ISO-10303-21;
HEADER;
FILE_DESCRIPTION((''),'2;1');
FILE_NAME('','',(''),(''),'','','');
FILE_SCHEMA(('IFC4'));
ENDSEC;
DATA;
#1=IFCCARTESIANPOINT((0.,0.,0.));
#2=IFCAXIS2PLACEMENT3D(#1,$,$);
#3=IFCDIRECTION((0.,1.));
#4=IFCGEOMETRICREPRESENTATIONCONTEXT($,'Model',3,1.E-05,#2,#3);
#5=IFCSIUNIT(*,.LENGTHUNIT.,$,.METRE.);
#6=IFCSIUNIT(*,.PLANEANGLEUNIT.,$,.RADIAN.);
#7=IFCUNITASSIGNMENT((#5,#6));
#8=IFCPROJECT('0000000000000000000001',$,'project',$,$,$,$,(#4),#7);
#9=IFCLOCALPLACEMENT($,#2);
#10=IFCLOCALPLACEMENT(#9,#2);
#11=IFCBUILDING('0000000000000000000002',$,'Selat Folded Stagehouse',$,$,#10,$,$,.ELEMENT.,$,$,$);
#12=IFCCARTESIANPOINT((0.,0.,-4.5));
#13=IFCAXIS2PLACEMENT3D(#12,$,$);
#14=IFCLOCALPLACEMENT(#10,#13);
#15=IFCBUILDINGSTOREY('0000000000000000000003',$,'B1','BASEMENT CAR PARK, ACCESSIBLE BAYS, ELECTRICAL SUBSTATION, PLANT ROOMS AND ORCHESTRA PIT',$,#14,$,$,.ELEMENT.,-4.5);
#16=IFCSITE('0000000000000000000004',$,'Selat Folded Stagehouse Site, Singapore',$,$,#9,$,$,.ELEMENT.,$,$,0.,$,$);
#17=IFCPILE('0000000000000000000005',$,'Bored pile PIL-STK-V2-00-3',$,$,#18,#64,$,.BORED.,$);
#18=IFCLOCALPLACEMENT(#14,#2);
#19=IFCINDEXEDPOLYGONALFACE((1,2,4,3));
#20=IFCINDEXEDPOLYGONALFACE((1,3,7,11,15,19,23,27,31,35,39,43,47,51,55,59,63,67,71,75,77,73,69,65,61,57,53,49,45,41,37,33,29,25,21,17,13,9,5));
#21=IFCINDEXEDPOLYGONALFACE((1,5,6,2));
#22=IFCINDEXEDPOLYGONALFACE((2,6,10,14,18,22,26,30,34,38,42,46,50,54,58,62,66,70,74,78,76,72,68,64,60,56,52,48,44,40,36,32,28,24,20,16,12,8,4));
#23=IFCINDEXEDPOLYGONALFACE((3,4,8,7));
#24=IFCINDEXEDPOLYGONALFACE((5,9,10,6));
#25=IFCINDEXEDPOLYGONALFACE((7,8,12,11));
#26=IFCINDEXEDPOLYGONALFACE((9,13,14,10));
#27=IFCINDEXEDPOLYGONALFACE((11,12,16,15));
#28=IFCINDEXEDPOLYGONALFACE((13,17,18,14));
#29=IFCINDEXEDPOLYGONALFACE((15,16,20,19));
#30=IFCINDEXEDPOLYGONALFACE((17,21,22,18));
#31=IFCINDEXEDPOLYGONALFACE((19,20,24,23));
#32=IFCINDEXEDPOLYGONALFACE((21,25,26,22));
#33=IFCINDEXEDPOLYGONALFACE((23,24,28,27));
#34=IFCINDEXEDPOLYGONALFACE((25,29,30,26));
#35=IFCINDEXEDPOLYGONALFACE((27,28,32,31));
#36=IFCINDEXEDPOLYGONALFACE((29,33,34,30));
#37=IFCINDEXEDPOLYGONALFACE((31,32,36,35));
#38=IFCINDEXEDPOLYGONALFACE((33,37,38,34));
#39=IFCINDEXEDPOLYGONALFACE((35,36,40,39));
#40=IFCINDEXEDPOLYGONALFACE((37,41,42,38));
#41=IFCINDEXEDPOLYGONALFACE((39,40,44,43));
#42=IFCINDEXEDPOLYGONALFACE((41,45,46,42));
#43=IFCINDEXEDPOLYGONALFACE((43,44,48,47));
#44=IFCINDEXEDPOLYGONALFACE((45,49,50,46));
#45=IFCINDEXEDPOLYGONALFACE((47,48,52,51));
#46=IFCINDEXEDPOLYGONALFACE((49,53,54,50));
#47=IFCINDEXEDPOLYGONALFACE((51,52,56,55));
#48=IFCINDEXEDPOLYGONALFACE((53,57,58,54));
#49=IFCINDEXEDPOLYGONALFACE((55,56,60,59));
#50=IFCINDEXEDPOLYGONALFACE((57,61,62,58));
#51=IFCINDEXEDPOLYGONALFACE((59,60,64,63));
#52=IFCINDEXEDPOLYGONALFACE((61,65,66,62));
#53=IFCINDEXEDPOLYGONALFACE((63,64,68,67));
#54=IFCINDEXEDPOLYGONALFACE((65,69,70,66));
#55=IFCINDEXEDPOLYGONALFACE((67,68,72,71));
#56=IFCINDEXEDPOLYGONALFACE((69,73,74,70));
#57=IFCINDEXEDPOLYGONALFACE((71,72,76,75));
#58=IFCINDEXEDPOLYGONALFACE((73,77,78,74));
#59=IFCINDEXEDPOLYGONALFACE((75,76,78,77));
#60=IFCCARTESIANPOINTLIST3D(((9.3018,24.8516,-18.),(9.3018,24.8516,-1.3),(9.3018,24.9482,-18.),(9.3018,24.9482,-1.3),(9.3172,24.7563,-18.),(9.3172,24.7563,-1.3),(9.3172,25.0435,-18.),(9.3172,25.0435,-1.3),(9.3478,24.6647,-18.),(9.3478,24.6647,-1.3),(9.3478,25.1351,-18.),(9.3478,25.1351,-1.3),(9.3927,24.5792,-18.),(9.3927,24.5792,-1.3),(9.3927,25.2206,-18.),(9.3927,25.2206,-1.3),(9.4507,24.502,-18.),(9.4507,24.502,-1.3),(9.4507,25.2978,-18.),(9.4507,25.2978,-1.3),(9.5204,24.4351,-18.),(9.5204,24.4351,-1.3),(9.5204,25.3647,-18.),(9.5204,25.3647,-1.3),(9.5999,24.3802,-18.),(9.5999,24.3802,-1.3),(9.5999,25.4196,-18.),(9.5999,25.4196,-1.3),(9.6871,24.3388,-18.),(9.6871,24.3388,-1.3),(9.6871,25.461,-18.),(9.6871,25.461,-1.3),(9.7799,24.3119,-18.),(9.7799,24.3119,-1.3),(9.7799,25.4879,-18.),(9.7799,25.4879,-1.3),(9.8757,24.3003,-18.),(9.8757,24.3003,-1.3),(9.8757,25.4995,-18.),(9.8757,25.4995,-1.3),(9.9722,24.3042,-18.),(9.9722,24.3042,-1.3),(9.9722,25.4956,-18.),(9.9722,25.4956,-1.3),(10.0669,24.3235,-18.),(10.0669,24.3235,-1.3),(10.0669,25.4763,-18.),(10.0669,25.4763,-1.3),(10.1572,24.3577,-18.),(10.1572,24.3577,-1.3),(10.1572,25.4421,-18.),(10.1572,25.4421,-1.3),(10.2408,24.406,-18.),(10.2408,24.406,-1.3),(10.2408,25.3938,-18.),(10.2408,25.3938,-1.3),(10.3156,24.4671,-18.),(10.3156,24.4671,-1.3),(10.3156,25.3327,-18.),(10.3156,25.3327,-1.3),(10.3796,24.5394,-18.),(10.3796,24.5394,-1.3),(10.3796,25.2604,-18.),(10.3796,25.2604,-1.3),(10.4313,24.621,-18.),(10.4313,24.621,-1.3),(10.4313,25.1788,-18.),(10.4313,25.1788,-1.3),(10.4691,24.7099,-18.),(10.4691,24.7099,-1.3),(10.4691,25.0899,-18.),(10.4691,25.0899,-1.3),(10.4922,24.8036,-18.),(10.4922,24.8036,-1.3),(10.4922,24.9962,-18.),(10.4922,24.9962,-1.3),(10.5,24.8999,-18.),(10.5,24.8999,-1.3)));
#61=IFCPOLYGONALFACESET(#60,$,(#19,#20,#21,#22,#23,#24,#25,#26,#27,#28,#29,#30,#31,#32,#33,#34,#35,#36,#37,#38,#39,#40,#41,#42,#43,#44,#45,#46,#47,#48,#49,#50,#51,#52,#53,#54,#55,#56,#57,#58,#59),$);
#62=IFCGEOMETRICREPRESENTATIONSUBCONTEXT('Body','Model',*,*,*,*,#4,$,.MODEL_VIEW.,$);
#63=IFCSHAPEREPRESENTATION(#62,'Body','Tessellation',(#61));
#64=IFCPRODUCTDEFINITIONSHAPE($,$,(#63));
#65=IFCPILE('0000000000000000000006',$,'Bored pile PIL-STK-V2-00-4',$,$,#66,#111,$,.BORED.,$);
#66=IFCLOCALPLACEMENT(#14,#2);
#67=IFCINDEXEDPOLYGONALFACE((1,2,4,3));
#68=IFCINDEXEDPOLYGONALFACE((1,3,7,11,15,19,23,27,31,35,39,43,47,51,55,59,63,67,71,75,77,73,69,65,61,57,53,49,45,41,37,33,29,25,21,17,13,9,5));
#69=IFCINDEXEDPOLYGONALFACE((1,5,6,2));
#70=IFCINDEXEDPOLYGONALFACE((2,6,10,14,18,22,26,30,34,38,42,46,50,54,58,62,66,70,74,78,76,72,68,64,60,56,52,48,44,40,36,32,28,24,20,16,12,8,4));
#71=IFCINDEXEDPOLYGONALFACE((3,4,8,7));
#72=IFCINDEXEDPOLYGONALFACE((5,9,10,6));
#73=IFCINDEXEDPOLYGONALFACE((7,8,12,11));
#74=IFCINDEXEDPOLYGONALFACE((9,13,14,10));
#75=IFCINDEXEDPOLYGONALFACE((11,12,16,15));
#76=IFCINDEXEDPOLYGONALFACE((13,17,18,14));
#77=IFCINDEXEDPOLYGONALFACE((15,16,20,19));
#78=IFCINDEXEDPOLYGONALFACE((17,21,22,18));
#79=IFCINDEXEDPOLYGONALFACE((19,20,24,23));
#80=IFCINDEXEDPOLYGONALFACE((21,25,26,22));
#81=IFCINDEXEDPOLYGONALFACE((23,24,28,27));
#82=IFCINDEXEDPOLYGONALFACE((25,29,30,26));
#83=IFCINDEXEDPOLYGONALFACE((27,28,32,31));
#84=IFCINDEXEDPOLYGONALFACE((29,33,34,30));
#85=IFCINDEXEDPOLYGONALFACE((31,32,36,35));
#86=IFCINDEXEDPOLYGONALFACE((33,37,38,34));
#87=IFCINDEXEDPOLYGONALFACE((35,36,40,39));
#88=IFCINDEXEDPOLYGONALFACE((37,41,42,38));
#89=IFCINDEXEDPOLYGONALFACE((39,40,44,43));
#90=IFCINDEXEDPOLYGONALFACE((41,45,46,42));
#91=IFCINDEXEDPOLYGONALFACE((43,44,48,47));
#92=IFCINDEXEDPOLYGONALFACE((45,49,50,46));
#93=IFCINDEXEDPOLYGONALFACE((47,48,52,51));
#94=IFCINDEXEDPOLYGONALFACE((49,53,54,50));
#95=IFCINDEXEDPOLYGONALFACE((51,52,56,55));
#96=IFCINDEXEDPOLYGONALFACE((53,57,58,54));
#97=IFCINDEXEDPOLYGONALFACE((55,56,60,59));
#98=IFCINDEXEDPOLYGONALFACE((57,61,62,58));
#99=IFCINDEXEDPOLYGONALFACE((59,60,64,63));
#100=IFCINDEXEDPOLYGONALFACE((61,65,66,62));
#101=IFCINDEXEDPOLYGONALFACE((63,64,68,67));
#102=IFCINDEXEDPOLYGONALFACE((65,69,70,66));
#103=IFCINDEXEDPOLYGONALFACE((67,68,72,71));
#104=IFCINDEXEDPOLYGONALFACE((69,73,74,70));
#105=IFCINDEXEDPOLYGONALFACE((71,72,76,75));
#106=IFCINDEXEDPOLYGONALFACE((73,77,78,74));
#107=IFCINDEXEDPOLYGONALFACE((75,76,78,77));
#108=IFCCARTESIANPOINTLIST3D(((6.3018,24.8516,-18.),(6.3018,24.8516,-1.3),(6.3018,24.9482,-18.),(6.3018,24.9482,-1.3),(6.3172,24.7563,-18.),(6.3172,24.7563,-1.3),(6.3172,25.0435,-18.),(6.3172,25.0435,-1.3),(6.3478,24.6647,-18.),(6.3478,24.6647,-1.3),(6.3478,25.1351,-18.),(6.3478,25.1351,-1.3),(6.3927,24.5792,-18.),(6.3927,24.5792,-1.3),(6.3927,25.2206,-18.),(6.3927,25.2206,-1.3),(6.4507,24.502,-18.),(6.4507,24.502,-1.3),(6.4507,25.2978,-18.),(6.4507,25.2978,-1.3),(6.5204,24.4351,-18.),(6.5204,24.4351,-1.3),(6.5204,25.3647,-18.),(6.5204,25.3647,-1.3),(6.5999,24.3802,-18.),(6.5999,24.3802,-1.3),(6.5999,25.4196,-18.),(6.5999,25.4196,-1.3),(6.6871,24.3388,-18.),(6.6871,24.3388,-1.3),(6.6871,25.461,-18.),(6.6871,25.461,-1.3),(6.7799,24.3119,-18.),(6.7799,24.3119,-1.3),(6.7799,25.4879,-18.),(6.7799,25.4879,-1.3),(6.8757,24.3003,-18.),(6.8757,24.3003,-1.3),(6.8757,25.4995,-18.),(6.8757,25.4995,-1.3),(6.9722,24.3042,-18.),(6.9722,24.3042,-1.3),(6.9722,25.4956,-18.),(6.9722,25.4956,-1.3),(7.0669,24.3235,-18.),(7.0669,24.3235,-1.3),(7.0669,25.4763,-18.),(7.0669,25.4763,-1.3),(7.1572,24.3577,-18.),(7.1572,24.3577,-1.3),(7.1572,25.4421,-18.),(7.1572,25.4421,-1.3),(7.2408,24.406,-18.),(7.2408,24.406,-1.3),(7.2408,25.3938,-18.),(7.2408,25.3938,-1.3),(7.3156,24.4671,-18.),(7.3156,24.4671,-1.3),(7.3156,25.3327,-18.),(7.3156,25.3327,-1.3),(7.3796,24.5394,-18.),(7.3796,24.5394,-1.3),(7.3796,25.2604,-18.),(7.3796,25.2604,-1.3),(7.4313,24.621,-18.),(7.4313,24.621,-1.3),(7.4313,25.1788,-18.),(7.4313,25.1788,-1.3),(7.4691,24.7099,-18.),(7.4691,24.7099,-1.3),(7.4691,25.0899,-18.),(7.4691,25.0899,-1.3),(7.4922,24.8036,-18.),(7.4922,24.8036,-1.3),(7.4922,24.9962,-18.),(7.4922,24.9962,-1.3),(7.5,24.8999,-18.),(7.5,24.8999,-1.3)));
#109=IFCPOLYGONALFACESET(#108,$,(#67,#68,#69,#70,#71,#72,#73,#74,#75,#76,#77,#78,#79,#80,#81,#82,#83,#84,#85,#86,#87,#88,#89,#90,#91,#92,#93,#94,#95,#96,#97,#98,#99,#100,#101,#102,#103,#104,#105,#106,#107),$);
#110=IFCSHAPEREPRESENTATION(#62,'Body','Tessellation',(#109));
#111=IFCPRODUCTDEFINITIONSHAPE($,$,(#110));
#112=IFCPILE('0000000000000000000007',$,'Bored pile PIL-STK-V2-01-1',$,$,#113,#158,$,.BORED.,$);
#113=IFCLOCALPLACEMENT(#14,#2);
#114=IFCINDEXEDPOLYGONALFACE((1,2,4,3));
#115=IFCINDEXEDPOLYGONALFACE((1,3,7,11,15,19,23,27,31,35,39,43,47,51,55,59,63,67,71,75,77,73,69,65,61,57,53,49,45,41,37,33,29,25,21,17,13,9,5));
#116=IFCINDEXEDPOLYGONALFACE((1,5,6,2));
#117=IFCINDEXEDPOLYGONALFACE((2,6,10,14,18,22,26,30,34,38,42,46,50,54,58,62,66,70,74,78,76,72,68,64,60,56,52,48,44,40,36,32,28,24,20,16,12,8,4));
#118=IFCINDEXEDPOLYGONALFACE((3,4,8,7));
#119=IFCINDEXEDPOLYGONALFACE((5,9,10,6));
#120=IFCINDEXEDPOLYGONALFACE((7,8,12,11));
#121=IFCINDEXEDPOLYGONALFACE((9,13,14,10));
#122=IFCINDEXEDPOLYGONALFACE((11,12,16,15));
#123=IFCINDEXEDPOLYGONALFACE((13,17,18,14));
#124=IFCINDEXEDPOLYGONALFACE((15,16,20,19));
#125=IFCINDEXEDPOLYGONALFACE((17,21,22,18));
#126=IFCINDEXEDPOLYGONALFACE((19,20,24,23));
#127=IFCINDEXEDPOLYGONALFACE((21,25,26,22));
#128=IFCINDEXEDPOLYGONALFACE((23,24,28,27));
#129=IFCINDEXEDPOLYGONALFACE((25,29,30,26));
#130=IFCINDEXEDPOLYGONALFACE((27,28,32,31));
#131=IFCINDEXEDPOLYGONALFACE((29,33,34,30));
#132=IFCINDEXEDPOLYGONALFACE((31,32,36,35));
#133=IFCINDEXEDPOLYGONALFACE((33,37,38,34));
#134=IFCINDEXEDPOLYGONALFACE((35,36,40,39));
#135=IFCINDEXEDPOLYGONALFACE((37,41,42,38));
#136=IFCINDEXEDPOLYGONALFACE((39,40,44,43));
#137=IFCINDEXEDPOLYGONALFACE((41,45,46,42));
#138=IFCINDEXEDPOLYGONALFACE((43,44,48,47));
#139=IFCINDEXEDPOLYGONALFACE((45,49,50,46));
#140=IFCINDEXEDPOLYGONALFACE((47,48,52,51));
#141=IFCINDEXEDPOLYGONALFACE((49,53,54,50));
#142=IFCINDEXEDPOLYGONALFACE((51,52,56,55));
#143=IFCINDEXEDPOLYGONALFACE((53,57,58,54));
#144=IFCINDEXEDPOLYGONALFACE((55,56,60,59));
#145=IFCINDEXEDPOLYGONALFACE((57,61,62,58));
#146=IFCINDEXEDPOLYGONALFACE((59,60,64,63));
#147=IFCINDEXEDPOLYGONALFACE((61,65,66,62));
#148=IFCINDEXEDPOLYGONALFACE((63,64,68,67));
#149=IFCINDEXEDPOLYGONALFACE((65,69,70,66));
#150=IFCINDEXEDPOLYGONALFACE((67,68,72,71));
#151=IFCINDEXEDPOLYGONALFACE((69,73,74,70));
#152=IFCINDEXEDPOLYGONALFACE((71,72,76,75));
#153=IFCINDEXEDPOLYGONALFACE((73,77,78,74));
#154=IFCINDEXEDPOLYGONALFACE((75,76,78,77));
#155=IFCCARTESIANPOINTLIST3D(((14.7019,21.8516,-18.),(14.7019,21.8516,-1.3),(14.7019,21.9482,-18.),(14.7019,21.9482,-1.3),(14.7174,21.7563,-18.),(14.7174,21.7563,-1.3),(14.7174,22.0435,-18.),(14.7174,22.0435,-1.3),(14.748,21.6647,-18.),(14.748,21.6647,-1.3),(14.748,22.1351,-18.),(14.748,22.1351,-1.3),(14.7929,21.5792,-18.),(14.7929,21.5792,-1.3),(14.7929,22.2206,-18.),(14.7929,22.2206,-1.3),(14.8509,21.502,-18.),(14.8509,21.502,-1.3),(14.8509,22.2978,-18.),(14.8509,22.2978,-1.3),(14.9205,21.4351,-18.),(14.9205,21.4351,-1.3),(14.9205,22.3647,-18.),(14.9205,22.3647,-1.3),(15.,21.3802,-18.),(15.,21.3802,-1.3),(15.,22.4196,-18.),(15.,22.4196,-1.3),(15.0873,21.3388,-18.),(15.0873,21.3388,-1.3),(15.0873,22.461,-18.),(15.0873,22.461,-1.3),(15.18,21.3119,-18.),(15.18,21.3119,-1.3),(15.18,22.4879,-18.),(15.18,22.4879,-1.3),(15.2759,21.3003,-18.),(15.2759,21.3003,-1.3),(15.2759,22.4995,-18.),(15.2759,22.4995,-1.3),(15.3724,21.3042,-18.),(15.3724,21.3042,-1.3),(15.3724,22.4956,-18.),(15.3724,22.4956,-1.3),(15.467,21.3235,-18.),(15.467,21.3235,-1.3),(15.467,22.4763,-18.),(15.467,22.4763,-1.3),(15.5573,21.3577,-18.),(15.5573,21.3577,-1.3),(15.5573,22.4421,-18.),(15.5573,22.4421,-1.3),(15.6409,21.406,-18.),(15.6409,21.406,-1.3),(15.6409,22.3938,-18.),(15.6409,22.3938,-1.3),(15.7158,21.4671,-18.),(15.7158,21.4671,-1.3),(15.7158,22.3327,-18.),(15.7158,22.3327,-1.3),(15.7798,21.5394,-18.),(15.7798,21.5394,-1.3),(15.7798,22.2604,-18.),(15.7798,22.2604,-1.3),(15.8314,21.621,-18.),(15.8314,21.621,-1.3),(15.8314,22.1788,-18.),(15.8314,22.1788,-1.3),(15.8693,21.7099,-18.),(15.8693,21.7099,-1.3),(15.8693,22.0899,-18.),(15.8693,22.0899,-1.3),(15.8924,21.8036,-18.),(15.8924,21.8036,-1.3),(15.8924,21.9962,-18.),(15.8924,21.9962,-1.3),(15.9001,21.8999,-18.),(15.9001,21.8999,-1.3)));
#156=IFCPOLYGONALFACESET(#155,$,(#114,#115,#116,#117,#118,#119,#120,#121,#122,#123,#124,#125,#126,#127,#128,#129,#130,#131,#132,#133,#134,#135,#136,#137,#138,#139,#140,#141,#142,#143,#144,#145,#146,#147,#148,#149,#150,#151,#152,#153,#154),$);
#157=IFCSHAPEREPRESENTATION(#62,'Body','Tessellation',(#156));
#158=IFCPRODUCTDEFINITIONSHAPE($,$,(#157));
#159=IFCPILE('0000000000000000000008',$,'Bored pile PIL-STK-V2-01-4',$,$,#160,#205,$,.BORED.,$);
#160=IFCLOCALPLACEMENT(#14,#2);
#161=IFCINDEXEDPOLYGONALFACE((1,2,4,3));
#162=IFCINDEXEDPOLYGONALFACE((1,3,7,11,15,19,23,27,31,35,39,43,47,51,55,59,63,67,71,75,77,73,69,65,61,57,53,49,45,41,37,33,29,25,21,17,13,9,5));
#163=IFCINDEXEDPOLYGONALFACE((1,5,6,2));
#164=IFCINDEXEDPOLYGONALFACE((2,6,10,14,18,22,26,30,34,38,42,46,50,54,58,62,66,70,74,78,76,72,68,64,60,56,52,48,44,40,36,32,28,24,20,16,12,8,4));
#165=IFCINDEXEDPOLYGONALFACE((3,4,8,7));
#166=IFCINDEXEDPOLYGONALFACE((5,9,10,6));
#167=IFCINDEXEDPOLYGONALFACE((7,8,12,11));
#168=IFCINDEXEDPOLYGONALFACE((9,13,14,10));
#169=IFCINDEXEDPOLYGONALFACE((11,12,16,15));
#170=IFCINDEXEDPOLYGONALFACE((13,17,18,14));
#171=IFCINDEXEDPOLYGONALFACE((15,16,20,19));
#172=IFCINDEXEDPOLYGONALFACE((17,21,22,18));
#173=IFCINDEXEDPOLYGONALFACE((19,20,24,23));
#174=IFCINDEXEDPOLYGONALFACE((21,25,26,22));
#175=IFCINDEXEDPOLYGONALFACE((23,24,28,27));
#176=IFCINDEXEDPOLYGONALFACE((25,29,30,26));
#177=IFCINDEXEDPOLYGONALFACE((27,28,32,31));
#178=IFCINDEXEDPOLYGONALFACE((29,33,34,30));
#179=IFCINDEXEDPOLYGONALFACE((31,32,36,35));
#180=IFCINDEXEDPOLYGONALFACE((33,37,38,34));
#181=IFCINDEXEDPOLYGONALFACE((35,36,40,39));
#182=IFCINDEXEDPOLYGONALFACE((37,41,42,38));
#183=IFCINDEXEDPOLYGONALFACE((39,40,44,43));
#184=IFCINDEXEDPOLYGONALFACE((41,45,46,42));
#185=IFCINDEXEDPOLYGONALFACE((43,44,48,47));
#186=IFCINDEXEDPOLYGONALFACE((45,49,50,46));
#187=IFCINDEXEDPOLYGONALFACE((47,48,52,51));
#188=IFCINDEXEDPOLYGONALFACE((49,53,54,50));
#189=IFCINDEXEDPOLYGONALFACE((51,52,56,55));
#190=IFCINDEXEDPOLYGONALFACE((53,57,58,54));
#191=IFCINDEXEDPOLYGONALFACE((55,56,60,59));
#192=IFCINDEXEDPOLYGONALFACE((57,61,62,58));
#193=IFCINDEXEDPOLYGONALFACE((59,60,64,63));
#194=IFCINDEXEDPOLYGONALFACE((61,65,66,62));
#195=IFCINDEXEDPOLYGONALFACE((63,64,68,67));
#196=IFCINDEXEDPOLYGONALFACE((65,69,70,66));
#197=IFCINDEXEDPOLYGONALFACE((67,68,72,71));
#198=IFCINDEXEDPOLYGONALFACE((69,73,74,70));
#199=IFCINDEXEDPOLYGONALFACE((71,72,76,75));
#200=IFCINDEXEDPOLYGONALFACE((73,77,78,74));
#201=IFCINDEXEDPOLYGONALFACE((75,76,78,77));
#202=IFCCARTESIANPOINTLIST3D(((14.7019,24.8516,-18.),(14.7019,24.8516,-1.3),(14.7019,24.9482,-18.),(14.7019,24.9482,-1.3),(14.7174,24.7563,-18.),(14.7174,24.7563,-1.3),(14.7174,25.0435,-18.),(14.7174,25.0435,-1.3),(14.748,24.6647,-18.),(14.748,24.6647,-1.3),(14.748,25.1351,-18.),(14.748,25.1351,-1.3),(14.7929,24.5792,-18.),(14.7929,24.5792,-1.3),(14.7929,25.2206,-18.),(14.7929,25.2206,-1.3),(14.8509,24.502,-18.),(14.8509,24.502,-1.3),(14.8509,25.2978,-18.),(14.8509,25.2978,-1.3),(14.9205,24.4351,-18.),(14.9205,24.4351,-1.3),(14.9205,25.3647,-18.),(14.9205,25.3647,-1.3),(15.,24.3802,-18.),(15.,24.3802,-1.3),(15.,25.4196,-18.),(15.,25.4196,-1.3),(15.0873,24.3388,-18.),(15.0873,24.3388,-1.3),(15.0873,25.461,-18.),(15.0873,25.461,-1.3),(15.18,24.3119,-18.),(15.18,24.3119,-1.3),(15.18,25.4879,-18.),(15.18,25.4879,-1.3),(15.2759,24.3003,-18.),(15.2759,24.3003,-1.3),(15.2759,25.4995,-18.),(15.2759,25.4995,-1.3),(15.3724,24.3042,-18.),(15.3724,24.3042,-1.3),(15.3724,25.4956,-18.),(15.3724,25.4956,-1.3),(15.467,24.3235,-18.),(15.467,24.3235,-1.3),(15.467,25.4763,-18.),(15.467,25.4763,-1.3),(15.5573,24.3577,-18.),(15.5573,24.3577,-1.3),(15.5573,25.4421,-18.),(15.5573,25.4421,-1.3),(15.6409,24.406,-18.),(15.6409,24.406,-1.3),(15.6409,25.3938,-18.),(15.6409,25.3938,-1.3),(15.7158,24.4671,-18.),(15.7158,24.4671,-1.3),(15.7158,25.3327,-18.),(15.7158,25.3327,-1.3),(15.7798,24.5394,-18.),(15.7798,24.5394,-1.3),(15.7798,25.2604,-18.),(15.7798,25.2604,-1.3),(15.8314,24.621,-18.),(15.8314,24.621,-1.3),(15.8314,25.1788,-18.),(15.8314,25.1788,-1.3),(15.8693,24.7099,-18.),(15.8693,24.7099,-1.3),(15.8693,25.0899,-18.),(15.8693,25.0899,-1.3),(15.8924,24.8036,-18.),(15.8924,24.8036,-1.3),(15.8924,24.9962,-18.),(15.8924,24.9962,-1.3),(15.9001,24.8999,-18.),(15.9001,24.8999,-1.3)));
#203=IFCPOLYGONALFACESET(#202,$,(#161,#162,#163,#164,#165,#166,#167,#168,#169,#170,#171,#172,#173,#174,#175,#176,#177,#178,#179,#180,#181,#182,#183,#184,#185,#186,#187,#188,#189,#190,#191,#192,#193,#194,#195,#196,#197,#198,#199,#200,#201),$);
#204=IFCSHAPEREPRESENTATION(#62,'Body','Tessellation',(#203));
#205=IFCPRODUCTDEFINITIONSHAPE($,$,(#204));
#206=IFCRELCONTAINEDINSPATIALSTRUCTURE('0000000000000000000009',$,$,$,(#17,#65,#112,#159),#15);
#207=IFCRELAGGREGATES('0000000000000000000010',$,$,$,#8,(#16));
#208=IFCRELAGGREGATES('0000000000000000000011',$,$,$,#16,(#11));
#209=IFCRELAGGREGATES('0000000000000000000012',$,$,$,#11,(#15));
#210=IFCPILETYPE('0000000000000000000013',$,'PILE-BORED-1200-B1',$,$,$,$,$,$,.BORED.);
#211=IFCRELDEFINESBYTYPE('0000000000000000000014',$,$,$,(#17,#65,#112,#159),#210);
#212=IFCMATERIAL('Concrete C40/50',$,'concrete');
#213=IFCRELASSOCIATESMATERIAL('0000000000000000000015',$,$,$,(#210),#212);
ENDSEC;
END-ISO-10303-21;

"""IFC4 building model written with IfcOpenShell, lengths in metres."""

from ifc_helpers import new_model, si_unit, direction, frame, origin, origin_2d, place, context, subcontext, project, spatial, circle, extrude, material, material_profile, profile_set, type_object, element, save


model = new_model("IFC4")

# Units and contexts
model_context = context("Model", 3, precision=1e-05, world=origin(), true_north=direction((0.0, 1.0)))
body_context = subcontext(model_context, "Body", "Model", "MODEL_VIEW")
ifc_project = project(units=[si_unit("LENGTHUNIT", "METRE"), si_unit("PLANEANGLEUNIT", "RADIAN")], contexts=[model_context])

# Site, building, storey
site_placement = place(None, origin())
site = spatial("IfcSite", under=ifc_project, at=site_placement, Name="Selat Folded Stagehouse Site, Singapore", CompositionType="ELEMENT", RefElevation=0.0)
building_placement = place(site_placement, origin())
building = spatial("IfcBuilding", under=site, at=building_placement, Name="Selat Folded Stagehouse", CompositionType="ELEMENT")
storey_placement = place(building_placement, frame((0.0, 0.0, -4.5)))
storey = spatial("IfcBuildingStorey", under=building, at=storey_placement, Name="B1", Description="BASEMENT CAR PARK, ACCESSIBLE BAYS, ELECTRICAL SUBSTATION, PLANT ROOMS AND ORCHESTRA PIT", CompositionType="ELEMENT", Elevation=-4.5)

# Shared definitions
ifc_material_1 = material(Name="Concrete C40/50", Category="concrete")

# Piles
ifc_material_profile_1 = material_profile(ifc_material_1, circle(Radius=0.6001, at=origin_2d()), Name="PILE D1200")
ifc_profile_set_1 = profile_set([ifc_material_profile_1], Name="Concrete C40/50")
pile_type = type_object("IfcPileType", Name="PILE-BORED-1200-B1", PredefinedType="BORED", material=ifc_profile_set_1)
for number, where, z_axis, x_axis, name in (
    (1, (9.8999, 24.8999, -1.3), (0.0, 0.0, -1.0), (1.0, 0.0, 0.0), "Bored pile PIL-STK-V2-00-3"),
    (2, (6.8999, 24.8999, -1.3), (0.0, 0.0, -1.0), (1.0, 0.0, 0.0), "Bored pile PIL-STK-V2-00-4"),
    (3, (15.3, 21.8999, -1.3), (0.0, 0.0, -1.0), (1.0, 0.0, 0.0), "Bored pile PIL-STK-V2-01-1"),
    (4, (15.3, 24.8999, -1.3), (0.0, 0.0, -1.0), (1.0, 0.0, 0.0), "Bored pile PIL-STK-V2-01-4"),
):
    element("IfcPile", number, at=place(storey_placement, frame(where, z_axis=z_axis, x_axis=x_axis)), inside=storey, type_object=pile_type, Name=name, PredefinedType="BORED", context=body_context, shape_type="SweptSolid", body=[
        extrude(circle(Radius=0.6001, at=origin_2d()), origin(), (0.0, 0.0, 1.0), 16.7),
    ])

save(model, "model.ifc")
